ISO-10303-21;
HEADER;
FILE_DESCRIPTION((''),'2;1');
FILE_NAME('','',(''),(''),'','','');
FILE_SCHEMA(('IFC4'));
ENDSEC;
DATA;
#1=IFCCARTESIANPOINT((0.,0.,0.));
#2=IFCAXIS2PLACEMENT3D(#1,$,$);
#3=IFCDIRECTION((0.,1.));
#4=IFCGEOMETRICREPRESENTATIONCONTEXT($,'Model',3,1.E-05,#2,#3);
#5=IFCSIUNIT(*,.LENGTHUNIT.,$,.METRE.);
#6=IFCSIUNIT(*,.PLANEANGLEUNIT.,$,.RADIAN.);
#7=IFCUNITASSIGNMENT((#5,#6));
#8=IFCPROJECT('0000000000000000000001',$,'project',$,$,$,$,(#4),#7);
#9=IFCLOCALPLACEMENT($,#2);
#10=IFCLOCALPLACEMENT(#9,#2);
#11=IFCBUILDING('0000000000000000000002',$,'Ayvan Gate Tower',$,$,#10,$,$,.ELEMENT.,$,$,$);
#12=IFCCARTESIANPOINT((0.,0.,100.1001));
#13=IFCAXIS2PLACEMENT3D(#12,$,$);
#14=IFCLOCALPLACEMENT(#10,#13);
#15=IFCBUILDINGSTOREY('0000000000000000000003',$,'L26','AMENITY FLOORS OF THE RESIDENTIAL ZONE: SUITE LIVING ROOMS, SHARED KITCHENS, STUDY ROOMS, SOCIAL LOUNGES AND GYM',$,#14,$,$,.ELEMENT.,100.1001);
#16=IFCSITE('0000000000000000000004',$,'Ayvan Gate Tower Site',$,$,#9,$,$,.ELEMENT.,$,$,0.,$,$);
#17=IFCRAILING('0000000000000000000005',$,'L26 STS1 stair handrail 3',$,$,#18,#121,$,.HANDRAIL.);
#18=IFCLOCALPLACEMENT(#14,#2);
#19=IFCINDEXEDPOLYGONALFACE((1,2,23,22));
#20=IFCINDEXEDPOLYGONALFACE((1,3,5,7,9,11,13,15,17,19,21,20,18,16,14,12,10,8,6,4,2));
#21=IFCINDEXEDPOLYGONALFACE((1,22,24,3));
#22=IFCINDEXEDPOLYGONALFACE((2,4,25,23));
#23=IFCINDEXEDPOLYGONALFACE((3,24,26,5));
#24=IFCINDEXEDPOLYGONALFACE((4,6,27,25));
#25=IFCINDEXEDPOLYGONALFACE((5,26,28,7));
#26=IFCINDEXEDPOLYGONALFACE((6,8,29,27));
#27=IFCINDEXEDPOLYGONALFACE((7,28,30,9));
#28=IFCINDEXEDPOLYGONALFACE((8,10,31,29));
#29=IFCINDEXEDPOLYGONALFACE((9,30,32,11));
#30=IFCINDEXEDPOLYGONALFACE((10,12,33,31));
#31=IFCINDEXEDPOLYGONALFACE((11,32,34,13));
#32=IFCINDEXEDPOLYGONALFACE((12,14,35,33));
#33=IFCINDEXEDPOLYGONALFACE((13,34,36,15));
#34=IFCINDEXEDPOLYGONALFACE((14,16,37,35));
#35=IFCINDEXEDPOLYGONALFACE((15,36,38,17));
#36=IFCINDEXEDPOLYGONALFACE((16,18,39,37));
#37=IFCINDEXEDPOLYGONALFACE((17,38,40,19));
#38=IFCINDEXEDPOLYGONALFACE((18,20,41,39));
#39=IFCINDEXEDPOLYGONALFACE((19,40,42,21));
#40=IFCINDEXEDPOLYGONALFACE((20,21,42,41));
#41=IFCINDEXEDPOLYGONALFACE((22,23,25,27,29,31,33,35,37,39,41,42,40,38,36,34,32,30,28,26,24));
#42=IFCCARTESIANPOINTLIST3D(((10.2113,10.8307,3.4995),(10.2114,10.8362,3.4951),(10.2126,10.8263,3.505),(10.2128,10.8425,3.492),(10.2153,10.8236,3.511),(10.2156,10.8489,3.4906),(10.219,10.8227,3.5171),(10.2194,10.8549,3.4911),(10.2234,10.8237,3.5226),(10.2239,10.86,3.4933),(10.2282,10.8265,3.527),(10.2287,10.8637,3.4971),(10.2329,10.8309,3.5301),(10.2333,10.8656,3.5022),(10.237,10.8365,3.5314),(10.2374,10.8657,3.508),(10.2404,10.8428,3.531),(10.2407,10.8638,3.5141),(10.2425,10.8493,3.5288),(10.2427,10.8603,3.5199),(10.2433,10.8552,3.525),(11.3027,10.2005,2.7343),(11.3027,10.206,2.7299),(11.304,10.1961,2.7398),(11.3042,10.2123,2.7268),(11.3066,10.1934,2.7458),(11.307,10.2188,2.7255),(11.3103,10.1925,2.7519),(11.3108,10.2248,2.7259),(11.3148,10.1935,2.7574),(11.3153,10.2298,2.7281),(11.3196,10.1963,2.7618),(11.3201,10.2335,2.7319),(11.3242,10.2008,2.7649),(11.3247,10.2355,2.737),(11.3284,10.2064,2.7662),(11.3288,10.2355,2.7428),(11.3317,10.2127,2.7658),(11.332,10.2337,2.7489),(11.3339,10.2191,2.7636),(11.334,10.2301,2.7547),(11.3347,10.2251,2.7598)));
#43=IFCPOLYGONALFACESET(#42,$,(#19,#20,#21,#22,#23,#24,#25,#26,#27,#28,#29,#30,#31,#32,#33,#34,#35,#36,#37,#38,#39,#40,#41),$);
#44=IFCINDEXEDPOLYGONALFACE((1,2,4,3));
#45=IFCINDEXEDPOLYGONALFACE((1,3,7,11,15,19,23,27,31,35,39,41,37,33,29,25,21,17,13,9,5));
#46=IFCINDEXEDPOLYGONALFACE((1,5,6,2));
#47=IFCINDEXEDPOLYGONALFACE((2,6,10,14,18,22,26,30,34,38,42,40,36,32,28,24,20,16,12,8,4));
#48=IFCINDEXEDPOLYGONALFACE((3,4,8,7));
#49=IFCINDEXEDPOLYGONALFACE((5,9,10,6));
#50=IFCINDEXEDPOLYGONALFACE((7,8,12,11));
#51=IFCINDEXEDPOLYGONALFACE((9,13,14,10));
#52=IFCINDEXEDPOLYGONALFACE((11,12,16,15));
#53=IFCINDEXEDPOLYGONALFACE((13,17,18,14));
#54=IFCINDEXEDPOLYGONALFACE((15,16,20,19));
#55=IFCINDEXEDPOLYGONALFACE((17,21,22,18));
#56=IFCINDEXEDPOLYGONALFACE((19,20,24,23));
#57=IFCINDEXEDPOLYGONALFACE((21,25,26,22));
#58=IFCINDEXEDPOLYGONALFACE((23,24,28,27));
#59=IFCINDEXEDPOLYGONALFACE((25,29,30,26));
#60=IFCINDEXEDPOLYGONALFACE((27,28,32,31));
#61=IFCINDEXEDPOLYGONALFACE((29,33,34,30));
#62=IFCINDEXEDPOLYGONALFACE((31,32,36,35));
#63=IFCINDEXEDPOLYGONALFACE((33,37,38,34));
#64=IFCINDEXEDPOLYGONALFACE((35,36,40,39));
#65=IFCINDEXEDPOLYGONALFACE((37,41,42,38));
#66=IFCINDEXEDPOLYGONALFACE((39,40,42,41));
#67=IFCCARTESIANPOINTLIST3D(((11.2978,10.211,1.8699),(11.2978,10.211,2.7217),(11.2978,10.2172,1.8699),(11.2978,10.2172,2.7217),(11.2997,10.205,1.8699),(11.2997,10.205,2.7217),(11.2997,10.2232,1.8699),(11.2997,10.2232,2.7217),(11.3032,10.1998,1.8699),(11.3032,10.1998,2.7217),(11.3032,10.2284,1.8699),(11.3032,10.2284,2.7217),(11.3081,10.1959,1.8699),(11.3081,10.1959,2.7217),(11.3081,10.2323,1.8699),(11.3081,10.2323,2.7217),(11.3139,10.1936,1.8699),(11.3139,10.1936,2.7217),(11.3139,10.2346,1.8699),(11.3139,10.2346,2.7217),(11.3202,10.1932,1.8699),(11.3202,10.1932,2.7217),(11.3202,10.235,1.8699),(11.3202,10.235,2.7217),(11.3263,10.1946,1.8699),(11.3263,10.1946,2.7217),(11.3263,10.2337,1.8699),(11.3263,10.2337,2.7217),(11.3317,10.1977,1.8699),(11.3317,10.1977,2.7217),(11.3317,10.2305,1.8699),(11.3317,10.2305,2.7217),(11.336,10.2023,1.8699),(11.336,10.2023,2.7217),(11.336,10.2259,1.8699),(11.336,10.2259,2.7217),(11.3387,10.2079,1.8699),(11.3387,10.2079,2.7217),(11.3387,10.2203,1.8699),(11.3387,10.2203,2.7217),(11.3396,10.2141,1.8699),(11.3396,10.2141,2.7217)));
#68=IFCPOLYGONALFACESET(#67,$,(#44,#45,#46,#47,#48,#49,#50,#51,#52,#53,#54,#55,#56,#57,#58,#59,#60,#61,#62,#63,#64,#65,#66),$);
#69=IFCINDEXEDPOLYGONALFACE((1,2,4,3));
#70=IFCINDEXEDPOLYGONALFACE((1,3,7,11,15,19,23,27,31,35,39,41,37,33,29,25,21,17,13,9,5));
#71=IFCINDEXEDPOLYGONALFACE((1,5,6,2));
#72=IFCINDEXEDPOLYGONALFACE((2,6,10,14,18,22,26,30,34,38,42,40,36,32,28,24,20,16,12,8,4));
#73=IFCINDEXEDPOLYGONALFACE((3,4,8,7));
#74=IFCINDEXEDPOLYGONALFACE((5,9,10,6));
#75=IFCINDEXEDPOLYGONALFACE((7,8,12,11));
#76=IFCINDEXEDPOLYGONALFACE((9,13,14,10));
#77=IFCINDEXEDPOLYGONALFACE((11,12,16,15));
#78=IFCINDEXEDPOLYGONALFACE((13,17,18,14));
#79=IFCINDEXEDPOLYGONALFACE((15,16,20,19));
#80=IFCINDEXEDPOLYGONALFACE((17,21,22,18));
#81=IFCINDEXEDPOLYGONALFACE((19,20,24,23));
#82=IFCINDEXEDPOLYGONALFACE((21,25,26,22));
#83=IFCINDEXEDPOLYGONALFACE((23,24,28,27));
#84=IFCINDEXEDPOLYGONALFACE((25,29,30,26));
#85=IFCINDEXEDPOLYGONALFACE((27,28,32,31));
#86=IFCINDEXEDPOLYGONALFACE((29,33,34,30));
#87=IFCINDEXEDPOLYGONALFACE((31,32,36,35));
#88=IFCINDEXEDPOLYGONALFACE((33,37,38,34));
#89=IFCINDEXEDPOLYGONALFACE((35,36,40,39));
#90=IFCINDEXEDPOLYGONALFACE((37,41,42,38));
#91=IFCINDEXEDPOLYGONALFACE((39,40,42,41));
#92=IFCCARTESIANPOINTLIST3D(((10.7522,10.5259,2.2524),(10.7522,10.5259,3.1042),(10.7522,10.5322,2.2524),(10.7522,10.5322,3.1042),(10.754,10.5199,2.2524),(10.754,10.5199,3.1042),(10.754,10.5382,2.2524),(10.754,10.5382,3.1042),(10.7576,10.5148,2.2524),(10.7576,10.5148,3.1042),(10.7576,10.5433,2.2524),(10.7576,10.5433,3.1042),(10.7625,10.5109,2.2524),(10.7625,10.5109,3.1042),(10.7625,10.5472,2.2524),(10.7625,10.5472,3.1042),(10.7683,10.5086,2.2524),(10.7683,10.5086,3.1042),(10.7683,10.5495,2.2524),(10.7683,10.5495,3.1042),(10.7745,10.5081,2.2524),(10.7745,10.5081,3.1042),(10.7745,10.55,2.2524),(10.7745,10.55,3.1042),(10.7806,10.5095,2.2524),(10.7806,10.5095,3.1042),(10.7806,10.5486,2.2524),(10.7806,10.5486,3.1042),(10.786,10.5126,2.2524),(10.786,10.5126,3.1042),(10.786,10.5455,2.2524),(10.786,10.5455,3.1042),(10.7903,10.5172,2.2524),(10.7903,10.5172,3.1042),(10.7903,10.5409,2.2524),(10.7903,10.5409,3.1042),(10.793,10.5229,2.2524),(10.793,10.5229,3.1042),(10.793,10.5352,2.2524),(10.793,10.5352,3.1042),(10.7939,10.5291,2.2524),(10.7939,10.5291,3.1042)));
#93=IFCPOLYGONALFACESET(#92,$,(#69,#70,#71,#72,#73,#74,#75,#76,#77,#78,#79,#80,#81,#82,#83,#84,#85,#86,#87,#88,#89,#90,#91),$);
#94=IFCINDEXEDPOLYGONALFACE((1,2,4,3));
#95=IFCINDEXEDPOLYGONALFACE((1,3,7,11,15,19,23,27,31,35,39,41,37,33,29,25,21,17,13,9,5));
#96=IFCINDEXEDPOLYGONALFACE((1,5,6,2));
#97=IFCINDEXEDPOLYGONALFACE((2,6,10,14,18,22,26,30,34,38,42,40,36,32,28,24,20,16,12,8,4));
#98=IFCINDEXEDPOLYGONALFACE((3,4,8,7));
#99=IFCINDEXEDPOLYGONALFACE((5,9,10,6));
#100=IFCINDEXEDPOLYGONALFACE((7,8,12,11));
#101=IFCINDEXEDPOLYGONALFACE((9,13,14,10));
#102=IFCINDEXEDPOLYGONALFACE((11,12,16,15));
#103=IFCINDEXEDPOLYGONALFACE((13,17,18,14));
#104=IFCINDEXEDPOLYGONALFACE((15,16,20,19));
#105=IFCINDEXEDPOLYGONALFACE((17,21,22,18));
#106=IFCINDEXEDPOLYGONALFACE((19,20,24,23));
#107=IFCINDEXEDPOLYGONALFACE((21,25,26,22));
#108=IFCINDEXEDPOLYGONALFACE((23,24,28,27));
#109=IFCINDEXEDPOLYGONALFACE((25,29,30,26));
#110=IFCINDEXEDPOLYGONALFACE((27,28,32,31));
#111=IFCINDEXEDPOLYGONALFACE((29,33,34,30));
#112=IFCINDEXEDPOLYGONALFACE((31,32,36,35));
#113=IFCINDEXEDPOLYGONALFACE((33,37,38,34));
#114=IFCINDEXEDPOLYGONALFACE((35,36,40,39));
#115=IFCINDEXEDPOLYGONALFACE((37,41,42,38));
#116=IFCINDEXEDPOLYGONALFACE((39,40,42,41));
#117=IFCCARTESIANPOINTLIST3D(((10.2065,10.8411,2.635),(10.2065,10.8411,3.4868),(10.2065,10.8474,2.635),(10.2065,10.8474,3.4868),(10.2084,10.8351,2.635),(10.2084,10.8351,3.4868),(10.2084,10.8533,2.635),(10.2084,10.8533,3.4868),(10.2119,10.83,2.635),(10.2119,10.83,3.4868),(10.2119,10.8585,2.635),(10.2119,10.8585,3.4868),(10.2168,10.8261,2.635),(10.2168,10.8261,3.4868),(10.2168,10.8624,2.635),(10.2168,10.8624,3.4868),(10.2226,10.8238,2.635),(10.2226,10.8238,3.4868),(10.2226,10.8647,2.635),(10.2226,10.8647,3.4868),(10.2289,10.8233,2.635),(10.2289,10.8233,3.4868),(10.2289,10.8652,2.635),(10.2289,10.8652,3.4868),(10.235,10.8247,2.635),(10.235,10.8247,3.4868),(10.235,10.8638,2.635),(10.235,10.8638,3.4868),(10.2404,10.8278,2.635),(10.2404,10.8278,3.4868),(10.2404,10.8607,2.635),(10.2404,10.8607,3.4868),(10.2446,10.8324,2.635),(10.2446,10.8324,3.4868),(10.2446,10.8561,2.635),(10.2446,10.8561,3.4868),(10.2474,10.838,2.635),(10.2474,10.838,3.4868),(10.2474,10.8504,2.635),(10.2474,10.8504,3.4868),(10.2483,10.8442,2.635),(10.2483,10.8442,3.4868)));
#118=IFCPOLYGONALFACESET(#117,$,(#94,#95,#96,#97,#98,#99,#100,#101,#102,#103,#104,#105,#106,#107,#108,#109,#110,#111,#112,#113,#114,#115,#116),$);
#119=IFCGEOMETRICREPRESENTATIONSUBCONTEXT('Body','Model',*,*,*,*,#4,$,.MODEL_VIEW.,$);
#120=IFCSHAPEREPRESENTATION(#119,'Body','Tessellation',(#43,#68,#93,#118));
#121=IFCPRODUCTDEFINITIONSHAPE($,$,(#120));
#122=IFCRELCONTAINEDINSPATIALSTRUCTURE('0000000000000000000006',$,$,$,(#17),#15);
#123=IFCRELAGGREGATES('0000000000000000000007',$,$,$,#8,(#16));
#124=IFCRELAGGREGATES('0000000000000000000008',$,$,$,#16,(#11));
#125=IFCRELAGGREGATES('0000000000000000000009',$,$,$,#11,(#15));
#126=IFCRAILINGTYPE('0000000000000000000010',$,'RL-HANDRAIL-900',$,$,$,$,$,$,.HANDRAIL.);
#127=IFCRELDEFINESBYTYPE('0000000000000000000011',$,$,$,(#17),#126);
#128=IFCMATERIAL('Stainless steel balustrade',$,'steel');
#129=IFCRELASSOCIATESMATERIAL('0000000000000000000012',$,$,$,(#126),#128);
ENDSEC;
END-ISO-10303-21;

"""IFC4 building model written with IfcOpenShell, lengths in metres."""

from ifc_helpers import new_model, si_unit, direction, frame, origin, origin_2d, place, context, subcontext, project, spatial, circle, extrude, material, type_object, element, save


model = new_model("IFC4")

# Units and contexts
model_context = context("Model", 3, precision=1e-05, world=origin(), true_north=direction((0.0, 1.0)))
body_context = subcontext(model_context, "Body", "Model", "MODEL_VIEW")
ifc_project = project(units=[si_unit("LENGTHUNIT", "METRE"), si_unit("PLANEANGLEUNIT", "RADIAN")], contexts=[model_context])

# Site, building, storey
site_placement = place(None, origin())
site = spatial("IfcSite", under=ifc_project, at=site_placement, Name="Ayvan Gate Tower Site", CompositionType="ELEMENT", RefElevation=0.0)
building_placement = place(site_placement, origin())
building = spatial("IfcBuilding", under=site, at=building_placement, Name="Ayvan Gate Tower", CompositionType="ELEMENT")
storey_placement = place(building_placement, frame((0.0, 0.0, 100.1001)))
storey = spatial("IfcBuildingStorey", under=building, at=storey_placement, Name="L26", Description="AMENITY FLOORS OF THE RESIDENTIAL ZONE: SUITE LIVING ROOMS, SHARED KITCHENS, STUDY ROOMS, SOCIAL LOUNGES AND GYM", CompositionType="ELEMENT", Elevation=100.1001)

# Railing
ifc_material_1 = material(Name="Stainless steel balustrade", Category="steel")
railing_type_1 = type_object("IfcRailingType", Name="RL-HANDRAIL-900", PredefinedType="HANDRAIL", material=ifc_material_1)
railing_1_placement = place(storey_placement, frame((11.3186, 10.2141, 1.8699)))
element("IfcRailing", 1, at=railing_1_placement, inside=storey, type_object=railing_type_1, Name="L26 STS1 stair handrail 3", PredefinedType="HANDRAIL", context=body_context, shape_type="SweptSolid", body=[
    extrude(circle(Radius=0.0239, at=origin_2d()), frame((0.0, 0.0, 0.876), z_axis=(-0.740241, 0.427419, 0.518996), x_axis=(-0.500035, -0.866005, 0.0)), (0.0, 0.0, 1.0), 1.4744),
    extrude(circle(Radius=0.021, at=origin_2d()), origin(), (0.0, 0.0, 1.0), 0.8518),
    extrude(circle(Radius=0.021, at=origin_2d()), frame((-0.5457, 0.3149, 0.3826)), (0.0, 0.0, 1.0), 0.8518),
    extrude(circle(Radius=0.021, at=origin_2d()), frame((-1.0913, 0.6301, 0.7651)), (0.0, 0.0, 1.0), 0.8518),
])

save(model, "model.ifc")
